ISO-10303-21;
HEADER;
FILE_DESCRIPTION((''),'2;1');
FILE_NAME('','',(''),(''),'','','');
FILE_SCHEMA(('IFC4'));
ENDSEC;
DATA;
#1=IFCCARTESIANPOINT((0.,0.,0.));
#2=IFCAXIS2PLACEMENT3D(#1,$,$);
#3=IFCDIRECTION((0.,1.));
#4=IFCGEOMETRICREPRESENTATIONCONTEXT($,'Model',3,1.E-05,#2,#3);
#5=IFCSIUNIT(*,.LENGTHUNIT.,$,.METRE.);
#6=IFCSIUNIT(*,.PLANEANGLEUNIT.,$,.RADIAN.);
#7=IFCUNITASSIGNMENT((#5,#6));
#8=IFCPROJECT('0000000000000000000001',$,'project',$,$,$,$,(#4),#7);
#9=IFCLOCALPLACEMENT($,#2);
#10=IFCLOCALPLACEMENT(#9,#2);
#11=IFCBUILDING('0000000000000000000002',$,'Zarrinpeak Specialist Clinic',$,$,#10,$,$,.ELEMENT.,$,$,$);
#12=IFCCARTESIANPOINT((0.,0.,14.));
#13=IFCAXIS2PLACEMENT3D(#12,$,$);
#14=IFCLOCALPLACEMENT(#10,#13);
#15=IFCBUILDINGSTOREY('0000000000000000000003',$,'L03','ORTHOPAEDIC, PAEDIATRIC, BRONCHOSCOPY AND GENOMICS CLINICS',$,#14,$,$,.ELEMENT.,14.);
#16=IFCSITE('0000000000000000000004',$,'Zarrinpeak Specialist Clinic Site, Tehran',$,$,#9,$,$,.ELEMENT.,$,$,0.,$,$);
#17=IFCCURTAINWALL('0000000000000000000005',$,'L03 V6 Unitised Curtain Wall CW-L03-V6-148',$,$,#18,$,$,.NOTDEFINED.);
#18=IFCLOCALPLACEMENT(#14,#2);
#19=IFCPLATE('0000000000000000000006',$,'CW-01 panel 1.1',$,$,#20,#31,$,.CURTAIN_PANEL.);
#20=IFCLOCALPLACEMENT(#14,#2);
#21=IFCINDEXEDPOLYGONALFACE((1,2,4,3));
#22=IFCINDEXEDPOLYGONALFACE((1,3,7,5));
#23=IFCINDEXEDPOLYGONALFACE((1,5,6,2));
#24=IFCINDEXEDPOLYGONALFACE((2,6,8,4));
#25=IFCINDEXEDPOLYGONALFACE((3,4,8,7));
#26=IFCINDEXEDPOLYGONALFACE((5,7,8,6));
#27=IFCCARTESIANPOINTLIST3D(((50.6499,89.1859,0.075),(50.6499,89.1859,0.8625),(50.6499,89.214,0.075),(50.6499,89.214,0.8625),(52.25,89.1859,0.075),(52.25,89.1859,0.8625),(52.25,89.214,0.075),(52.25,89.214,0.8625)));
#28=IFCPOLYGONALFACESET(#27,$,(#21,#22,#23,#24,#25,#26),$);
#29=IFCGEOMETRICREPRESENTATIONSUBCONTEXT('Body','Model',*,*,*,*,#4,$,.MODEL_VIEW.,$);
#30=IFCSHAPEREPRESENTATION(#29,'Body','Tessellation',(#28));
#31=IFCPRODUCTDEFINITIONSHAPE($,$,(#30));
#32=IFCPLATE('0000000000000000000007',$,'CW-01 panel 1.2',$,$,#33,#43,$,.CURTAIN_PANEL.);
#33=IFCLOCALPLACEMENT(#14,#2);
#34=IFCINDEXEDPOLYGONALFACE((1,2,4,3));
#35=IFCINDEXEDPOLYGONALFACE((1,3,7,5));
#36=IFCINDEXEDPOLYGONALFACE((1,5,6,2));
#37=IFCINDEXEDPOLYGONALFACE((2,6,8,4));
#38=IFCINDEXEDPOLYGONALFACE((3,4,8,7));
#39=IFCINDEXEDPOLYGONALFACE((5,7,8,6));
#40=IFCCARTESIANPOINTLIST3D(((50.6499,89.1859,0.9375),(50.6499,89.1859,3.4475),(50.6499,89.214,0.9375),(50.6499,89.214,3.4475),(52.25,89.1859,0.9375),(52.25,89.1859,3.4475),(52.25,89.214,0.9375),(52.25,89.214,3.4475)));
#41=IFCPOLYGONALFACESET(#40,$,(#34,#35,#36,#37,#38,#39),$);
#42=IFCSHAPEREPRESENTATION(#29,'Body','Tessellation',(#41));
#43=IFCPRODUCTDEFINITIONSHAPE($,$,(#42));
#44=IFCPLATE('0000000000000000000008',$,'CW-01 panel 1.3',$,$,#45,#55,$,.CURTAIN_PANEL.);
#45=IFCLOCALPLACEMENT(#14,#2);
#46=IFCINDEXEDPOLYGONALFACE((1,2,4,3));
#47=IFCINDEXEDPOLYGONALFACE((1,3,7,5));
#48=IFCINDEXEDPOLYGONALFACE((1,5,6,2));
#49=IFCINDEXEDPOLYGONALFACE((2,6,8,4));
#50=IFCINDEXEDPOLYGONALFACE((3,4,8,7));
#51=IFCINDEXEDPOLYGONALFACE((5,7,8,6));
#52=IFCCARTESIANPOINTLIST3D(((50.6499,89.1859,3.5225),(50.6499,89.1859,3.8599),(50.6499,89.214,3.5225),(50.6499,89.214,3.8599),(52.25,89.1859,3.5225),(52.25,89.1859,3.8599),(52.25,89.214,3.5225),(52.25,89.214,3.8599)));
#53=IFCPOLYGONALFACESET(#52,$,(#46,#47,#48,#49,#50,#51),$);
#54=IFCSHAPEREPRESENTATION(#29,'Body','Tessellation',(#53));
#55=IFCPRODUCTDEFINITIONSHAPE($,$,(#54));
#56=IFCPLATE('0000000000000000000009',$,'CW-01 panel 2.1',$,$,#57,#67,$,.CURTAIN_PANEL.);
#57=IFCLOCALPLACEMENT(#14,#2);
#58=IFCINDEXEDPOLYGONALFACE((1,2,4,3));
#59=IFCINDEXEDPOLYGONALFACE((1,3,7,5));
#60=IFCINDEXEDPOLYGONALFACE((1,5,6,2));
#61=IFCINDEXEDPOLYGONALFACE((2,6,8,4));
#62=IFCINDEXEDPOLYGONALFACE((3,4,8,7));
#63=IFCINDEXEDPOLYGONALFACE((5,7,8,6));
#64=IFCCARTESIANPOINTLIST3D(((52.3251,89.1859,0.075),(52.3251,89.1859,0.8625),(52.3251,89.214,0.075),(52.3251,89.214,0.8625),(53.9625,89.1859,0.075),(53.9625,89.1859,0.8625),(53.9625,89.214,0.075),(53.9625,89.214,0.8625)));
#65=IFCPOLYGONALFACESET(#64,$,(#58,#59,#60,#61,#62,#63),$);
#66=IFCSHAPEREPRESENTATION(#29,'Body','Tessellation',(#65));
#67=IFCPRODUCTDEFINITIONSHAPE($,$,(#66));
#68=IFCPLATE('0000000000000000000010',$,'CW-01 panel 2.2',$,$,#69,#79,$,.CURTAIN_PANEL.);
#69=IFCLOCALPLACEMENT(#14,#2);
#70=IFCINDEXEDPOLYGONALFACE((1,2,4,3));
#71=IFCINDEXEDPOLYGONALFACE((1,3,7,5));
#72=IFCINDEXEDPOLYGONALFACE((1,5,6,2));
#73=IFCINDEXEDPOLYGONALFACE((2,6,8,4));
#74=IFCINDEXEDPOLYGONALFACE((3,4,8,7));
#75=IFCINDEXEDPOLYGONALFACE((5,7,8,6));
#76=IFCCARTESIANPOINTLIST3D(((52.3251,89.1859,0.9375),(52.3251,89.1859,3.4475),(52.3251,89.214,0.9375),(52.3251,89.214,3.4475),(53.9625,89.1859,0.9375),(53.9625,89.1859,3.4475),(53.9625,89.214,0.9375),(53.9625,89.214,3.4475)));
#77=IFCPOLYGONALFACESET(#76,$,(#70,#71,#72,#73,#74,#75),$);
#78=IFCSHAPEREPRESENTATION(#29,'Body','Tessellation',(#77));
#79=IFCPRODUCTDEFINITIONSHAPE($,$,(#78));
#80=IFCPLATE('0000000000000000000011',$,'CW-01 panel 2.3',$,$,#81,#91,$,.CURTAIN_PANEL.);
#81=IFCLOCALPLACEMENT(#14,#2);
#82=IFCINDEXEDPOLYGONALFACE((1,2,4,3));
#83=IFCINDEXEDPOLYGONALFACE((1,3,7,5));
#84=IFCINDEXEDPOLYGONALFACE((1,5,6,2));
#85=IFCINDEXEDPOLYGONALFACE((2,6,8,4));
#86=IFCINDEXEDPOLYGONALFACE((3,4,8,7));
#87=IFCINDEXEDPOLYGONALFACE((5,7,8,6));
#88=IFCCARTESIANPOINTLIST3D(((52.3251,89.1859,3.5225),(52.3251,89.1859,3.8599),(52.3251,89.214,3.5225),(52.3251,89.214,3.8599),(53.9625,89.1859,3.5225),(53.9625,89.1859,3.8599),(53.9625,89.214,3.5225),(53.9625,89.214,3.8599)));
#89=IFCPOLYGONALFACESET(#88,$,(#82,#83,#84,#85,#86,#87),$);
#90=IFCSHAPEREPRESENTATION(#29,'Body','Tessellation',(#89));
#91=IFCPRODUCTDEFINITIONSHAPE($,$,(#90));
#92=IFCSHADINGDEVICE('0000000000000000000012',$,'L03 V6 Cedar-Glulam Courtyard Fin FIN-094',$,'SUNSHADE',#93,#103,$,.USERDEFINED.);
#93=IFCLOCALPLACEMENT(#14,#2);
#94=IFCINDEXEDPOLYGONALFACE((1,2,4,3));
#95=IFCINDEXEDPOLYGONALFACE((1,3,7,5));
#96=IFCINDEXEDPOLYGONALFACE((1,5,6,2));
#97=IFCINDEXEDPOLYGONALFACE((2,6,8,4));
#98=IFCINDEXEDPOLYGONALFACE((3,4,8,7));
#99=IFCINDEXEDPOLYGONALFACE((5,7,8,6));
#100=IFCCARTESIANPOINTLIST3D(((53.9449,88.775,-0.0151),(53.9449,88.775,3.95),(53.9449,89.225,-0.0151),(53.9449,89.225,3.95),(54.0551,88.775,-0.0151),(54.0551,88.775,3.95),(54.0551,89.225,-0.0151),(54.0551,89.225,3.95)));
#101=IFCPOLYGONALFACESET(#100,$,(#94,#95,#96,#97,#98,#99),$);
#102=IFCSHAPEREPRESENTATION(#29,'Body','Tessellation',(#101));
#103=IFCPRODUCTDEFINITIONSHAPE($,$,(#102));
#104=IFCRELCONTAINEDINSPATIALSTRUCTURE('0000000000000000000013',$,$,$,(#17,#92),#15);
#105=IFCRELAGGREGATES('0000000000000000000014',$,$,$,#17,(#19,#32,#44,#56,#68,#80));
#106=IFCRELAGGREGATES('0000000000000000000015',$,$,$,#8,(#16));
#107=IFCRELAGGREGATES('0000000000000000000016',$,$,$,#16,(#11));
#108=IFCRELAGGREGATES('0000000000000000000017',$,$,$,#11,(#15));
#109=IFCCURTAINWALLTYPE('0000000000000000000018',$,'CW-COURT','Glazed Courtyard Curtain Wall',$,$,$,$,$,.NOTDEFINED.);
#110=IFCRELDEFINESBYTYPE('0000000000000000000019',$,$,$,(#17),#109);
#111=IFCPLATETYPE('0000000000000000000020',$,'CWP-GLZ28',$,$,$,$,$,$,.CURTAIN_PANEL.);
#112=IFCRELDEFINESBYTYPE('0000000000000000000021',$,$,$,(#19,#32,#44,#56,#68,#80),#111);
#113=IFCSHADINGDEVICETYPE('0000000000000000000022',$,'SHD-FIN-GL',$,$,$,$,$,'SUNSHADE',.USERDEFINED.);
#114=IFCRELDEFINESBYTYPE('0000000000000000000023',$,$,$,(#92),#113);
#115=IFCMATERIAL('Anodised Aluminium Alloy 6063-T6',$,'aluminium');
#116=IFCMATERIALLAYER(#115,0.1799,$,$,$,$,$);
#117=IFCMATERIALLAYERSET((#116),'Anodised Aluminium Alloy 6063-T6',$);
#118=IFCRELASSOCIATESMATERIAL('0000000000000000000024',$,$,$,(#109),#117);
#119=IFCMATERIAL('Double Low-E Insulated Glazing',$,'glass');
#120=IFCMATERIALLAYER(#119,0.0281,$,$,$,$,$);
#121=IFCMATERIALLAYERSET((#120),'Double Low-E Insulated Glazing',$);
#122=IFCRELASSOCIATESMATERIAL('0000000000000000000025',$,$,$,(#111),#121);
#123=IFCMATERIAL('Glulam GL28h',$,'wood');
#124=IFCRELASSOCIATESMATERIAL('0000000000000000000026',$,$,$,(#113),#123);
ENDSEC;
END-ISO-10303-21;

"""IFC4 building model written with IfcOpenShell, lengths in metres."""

from ifc_helpers import new_model, si_unit, direction, frame, origin, origin_2d, place, context, subcontext, project, spatial, rectangle, extrude, material, layer, layer_set, type_object, element, aggregate, save


model = new_model("IFC4")

# Units and contexts
model_context = context("Model", 3, precision=1e-05, world=origin(), true_north=direction((0.0, 1.0)))
body_context = subcontext(model_context, "Body", "Model", "MODEL_VIEW")
ifc_project = project(units=[si_unit("LENGTHUNIT", "METRE"), si_unit("PLANEANGLEUNIT", "RADIAN")], contexts=[model_context])

# Site, building, storey
site_placement = place(None, origin())
site = spatial("IfcSite", under=ifc_project, at=site_placement, Name="Zarrinpeak Specialist Clinic Site, Tehran", CompositionType="ELEMENT", RefElevation=0.0)
building_placement = place(site_placement, origin())
building = spatial("IfcBuilding", under=site, at=building_placement, Name="Zarrinpeak Specialist Clinic", CompositionType="ELEMENT")
storey_placement = place(building_placement, frame((0.0, 0.0, 14.0)))
storey = spatial("IfcBuildingStorey", under=building, at=storey_placement, Name="L03", Description="ORTHOPAEDIC, PAEDIATRIC, BRONCHOSCOPY AND GENOMICS CLINICS", CompositionType="ELEMENT", Elevation=14.0)

# Shared definitions
ifc_material_1 = material(Name="Anodised Aluminium Alloy 6063-T6", Category="aluminium")
ifc_layer_1 = layer(ifc_material_1, 0.1799)
ifc_layer_set_1 = layer_set([ifc_layer_1], Name="Anodised Aluminium Alloy 6063-T6")
curtain_wall_type = type_object("IfcCurtainWallType", Name="CW-COURT", Description="Glazed Courtyard Curtain Wall", PredefinedType="NOTDEFINED", material=ifc_layer_set_1)

# Curtain wall, plates
curtain_wall_1_placement = place(storey_placement, origin())
curtain_wall_1 = element("IfcCurtainWall", 1, at=curtain_wall_1_placement, inside=storey, type_object=curtain_wall_type, Name="L03 V6 Unitised Curtain Wall CW-L03-V6-148", PredefinedType="NOTDEFINED")
ifc_material_2 = material(Name="Double Low-E Insulated Glazing", Category="glass")
ifc_layer_2 = layer(ifc_material_2, 0.0281)
ifc_layer_set_2 = layer_set([ifc_layer_2], Name="Double Low-E Insulated Glazing")
plate_type = type_object("IfcPlateType", Name="CWP-GLZ28", PredefinedType="CURTAIN_PANEL", material=ifc_layer_set_2)
plate_1_placement = place(storey_placement, frame((51.45, 89.2, 0.075), z_axis=(0.0, 0.0, 1.0), x_axis=(1.0, 0.0, 0.0)))
plate_1 = element("IfcPlate", 2, at=plate_1_placement, type_object=plate_type, Name="CW-01 panel 1.1", PredefinedType="CURTAIN_PANEL", context=body_context, shape_type="SweptSolid", body=[
    extrude(rectangle(XDim=1.6001, YDim=0.0281, at=origin_2d()), origin(), (0.0, 0.0, 1.0), 0.7876),
])
plate_2_placement = place(storey_placement, frame((51.45, 89.2, 0.9375), z_axis=(0.0, 0.0, 1.0), x_axis=(1.0, 0.0, 0.0)))
plate_2 = element("IfcPlate", 3, at=plate_2_placement, type_object=plate_type, Name="CW-01 panel 1.2", PredefinedType="CURTAIN_PANEL", context=body_context, shape_type="SweptSolid", body=[
    extrude(rectangle(XDim=1.6001, YDim=0.0281, at=origin_2d()), origin(), (0.0, 0.0, 1.0), 2.51),
])
plate_3_placement = place(storey_placement, frame((51.45, 89.2, 3.5225), z_axis=(0.0, 0.0, 1.0), x_axis=(1.0, 0.0, 0.0)))
plate_3 = element("IfcPlate", 4, at=plate_3_placement, type_object=plate_type, Name="CW-01 panel 1.3", PredefinedType="CURTAIN_PANEL", context=body_context, shape_type="SweptSolid", body=[
    extrude(rectangle(XDim=1.6001, YDim=0.0281, at=origin_2d()), origin(), (0.0, 0.0, 1.0), 0.3374),
])
plate_4_placement = place(storey_placement, frame((53.1438, 89.2, 0.075), z_axis=(0.0, 0.0, 1.0), x_axis=(1.0, 0.0, 0.0)))
plate_4 = element("IfcPlate", 5, at=plate_4_placement, type_object=plate_type, Name="CW-01 panel 2.1", PredefinedType="CURTAIN_PANEL", context=body_context, shape_type="SweptSolid", body=[
    extrude(rectangle(XDim=1.6375, YDim=0.0281, at=origin_2d()), origin(), (0.0, 0.0, 1.0), 0.7876),
])
plate_5_placement = place(storey_placement, frame((53.1438, 89.2, 0.9375), z_axis=(0.0, 0.0, 1.0), x_axis=(1.0, 0.0, 0.0)))
plate_5 = element("IfcPlate", 6, at=plate_5_placement, type_object=plate_type, Name="CW-01 panel 2.2", PredefinedType="CURTAIN_PANEL", context=body_context, shape_type="SweptSolid", body=[
    extrude(rectangle(XDim=1.6375, YDim=0.0281, at=origin_2d()), origin(), (0.0, 0.0, 1.0), 2.51),
])
plate_6_placement = place(storey_placement, frame((53.1438, 89.2, 3.5225), z_axis=(0.0, 0.0, 1.0), x_axis=(1.0, 0.0, 0.0)))
plate_6 = element("IfcPlate", 7, at=plate_6_placement, type_object=plate_type, Name="CW-01 panel 2.3", PredefinedType="CURTAIN_PANEL", context=body_context, shape_type="SweptSolid", body=[
    extrude(rectangle(XDim=1.6375, YDim=0.0281, at=origin_2d()), origin(), (0.0, 0.0, 1.0), 0.3374),
])
aggregate(curtain_wall_1, [plate_1, plate_2, plate_3, plate_4, plate_5, plate_6])

# Shading device
ifc_material_3 = material(Name="Glulam GL28h", Category="wood")
shading_device_type = type_object("IfcShadingDeviceType", Name="SHD-FIN-GL", ElementType="SUNSHADE", PredefinedType="USERDEFINED", material=ifc_material_3)
shading_device_placement = place(storey_placement, frame((54.0, 89.0, -0.0151), z_axis=(0.0, 0.0, 1.0), x_axis=(1.0, 0.0, 0.0)))
element("IfcShadingDevice", 8, at=shading_device_placement, inside=storey, type_object=shading_device_type, Name="L03 V6 Cedar-Glulam Courtyard Fin FIN-094", ObjectType="SUNSHADE", PredefinedType="USERDEFINED", context=body_context, shape_type="SweptSolid", body=[
    extrude(rectangle(XDim=0.1101, YDim=0.45, at=origin_2d()), origin(), (0.0, 0.0, 1.0), 3.9651),
])

save(model, "model.ifc")
